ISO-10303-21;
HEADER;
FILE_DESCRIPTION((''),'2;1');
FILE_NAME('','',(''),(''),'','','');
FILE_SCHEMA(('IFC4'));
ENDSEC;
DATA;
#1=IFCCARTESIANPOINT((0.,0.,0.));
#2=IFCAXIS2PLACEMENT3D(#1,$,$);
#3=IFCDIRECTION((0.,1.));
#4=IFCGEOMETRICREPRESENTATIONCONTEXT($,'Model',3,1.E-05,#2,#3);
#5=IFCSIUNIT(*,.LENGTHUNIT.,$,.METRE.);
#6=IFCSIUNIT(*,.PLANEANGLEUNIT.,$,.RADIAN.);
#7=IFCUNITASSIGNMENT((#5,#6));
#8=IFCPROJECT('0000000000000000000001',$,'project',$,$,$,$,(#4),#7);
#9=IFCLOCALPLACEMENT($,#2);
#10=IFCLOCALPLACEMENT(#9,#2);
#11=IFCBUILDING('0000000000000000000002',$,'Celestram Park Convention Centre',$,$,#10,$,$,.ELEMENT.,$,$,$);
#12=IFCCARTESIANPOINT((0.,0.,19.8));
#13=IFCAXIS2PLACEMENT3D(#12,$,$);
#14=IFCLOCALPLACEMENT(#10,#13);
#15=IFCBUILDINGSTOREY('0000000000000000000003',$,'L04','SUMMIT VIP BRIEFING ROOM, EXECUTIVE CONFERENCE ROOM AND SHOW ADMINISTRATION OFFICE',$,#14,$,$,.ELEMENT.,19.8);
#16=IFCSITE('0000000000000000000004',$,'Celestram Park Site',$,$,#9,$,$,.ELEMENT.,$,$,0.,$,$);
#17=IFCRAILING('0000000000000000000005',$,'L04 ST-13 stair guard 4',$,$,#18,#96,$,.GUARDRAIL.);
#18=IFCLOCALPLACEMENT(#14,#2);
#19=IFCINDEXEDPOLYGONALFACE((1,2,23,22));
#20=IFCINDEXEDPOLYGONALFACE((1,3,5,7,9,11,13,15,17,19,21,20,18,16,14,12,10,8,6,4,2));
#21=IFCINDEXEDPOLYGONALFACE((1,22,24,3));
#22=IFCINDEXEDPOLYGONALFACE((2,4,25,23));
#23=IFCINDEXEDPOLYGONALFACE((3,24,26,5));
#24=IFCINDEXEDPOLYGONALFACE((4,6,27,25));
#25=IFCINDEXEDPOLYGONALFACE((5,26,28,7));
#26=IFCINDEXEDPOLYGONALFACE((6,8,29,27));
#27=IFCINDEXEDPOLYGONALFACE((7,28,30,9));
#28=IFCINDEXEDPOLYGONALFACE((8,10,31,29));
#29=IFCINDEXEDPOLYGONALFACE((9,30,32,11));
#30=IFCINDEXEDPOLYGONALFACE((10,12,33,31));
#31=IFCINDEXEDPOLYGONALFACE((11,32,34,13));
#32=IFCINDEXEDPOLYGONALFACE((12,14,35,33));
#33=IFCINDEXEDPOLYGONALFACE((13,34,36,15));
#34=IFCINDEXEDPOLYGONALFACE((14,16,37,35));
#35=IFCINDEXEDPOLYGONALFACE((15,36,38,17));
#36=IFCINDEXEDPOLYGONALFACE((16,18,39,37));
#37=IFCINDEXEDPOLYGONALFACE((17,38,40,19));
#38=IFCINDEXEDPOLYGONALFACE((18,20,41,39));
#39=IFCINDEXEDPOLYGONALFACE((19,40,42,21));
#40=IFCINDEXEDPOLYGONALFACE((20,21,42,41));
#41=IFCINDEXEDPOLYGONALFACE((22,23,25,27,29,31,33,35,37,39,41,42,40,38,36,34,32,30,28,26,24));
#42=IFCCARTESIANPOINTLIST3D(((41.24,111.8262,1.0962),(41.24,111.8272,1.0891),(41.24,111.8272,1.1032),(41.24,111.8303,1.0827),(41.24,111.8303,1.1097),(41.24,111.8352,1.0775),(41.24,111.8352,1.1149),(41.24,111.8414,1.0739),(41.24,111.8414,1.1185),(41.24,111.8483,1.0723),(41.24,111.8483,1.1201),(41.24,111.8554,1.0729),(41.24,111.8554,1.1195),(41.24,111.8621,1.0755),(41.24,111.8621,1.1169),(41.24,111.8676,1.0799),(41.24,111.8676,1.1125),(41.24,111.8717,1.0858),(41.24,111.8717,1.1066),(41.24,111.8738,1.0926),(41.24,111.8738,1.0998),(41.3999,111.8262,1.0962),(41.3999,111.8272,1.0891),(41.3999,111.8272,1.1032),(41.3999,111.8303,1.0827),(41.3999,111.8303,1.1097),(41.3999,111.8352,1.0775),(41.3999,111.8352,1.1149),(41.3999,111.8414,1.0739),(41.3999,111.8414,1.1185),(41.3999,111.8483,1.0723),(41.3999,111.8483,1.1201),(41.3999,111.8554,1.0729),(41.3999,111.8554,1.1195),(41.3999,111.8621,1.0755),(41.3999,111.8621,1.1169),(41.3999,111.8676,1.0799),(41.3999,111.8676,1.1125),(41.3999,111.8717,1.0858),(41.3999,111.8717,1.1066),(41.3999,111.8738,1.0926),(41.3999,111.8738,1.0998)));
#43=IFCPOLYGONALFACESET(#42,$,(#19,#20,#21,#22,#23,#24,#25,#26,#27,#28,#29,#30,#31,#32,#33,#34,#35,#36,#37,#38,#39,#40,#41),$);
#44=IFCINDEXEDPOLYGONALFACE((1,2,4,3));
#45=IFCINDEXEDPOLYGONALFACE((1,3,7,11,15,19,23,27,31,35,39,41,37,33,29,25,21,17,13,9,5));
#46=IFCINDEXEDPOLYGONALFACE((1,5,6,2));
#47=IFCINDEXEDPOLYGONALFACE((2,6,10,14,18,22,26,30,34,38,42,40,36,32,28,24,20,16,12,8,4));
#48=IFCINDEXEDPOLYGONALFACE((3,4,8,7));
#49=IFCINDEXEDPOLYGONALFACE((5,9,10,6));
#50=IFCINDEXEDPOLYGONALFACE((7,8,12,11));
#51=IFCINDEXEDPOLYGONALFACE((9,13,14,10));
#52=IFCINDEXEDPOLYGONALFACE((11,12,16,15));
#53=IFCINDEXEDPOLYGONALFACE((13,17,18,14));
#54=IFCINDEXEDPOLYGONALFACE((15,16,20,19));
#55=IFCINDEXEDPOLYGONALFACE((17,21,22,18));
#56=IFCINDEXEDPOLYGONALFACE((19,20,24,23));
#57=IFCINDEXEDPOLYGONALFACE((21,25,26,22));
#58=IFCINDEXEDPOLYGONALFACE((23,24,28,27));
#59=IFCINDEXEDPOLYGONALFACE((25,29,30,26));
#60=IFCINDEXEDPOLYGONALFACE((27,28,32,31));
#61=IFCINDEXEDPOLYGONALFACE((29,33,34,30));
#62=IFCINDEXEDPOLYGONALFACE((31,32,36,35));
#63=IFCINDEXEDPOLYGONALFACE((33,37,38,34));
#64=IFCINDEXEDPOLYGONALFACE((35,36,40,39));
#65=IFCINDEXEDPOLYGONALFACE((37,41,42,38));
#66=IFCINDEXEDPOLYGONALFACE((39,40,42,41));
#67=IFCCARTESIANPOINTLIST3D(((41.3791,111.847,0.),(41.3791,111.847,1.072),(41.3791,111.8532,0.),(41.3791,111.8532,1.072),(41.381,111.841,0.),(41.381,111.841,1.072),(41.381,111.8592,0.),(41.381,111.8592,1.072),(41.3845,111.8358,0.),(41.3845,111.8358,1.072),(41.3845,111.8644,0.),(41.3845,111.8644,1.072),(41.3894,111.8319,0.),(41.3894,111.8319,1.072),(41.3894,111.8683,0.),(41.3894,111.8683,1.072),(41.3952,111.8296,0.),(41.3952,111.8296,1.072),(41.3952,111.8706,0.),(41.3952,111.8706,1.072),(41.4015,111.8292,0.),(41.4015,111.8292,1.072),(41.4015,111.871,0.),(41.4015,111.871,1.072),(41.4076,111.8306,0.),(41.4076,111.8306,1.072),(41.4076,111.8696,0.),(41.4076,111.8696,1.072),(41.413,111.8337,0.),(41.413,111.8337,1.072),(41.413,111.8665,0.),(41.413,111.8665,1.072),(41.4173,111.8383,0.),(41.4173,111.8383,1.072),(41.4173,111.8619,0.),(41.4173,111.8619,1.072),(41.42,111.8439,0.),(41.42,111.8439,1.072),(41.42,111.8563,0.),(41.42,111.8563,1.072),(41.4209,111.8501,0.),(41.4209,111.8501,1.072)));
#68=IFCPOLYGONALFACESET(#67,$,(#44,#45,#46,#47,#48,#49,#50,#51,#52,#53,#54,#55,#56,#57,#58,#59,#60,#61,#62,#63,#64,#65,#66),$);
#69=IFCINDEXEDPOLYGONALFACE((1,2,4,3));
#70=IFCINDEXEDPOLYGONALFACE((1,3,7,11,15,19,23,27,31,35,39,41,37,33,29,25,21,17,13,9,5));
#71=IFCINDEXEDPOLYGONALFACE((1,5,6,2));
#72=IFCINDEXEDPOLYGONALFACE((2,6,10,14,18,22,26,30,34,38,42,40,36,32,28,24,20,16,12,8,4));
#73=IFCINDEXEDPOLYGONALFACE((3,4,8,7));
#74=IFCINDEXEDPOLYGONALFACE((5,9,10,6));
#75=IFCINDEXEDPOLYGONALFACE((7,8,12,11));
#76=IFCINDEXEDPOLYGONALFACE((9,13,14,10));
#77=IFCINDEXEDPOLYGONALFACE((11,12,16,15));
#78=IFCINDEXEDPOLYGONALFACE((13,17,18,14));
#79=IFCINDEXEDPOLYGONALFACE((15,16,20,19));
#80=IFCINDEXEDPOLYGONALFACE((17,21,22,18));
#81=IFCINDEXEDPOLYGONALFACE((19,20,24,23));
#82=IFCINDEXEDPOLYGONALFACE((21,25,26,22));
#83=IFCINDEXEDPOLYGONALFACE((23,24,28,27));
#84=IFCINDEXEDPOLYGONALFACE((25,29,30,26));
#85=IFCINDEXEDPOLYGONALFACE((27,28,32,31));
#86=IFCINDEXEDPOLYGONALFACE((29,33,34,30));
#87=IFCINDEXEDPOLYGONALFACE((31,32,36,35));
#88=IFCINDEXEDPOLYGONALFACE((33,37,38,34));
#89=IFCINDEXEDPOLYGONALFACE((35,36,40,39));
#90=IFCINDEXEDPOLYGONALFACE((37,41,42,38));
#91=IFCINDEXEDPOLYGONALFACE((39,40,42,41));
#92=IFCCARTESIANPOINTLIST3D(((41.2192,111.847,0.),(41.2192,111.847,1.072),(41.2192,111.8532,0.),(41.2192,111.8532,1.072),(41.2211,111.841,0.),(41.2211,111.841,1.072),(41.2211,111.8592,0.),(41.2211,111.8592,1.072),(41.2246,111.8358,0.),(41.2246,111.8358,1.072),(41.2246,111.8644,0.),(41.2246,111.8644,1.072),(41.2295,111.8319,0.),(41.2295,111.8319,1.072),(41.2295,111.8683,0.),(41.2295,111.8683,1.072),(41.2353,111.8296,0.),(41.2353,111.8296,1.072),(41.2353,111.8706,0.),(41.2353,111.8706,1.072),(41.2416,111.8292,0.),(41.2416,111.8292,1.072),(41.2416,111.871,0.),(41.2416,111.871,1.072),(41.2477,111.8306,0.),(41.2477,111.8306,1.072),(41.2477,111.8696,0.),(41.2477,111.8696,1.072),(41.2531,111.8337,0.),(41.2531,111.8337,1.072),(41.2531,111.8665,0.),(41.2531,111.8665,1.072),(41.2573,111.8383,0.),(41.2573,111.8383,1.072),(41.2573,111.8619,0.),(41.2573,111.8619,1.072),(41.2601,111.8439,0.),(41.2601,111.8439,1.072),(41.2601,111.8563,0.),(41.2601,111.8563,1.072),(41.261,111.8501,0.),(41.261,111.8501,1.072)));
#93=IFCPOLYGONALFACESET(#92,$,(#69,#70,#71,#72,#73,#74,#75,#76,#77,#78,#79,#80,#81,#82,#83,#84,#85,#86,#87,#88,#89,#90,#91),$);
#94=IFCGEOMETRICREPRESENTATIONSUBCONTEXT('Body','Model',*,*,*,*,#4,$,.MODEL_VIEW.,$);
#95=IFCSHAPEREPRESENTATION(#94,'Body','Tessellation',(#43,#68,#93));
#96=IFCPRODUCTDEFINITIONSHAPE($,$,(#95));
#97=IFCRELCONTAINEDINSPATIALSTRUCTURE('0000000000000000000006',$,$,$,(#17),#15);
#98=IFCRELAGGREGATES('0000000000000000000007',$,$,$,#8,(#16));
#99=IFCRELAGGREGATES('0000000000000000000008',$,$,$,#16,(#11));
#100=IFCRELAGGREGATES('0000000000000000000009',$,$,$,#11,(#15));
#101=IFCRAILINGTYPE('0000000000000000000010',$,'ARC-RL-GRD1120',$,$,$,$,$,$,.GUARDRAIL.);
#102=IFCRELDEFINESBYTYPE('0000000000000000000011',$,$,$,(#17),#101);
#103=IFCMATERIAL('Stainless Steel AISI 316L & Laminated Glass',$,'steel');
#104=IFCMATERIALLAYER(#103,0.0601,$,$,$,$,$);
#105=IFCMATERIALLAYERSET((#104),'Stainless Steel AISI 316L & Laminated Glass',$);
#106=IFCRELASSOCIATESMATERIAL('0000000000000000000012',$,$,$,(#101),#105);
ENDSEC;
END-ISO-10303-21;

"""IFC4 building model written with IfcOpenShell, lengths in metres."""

from ifc_helpers import new_model, si_unit, direction, frame, origin, origin_2d, place, context, subcontext, project, spatial, circle, extrude, material, layer, layer_set, type_object, element, save


model = new_model("IFC4")

# Units and contexts
model_context = context("Model", 3, precision=1e-05, world=origin(), true_north=direction((0.0, 1.0)))
body_context = subcontext(model_context, "Body", "Model", "MODEL_VIEW")
ifc_project = project(units=[si_unit("LENGTHUNIT", "METRE"), si_unit("PLANEANGLEUNIT", "RADIAN")], contexts=[model_context])

# Site, building, storey
site_placement = place(None, origin())
site = spatial("IfcSite", under=ifc_project, at=site_placement, Name="Celestram Park Site", CompositionType="ELEMENT", RefElevation=0.0)
building_placement = place(site_placement, origin())
building = spatial("IfcBuilding", under=site, at=building_placement, Name="Celestram Park Convention Centre", CompositionType="ELEMENT")
storey_placement = place(building_placement, frame((0.0, 0.0, 19.8)))
storey = spatial("IfcBuildingStorey", under=building, at=storey_placement, Name="L04", Description="SUMMIT VIP BRIEFING ROOM, EXECUTIVE CONFERENCE ROOM AND SHOW ADMINISTRATION OFFICE", CompositionType="ELEMENT", Elevation=19.8)

# Railing
ifc_material_1 = material(Name="Stainless Steel AISI 316L & Laminated Glass", Category="steel")
ifc_layer_1 = layer(ifc_material_1, 0.0601)
ifc_layer_set_1 = layer_set([ifc_layer_1], Name="Stainless Steel AISI 316L & Laminated Glass")
railing_type_1 = type_object("IfcRailingType", Name="ARC-RL-GRD1120", PredefinedType="GUARDRAIL", material=ifc_layer_set_1)
railing_1_placement = place(storey_placement, frame((41.3999, 111.8501, 0.0)))
element("IfcRailing", 1, at=railing_1_placement, inside=storey, type_object=railing_type_1, Name="L04 ST-13 stair guard 4", PredefinedType="GUARDRAIL", context=body_context, shape_type="SweptSolid", body=[
    extrude(circle(Radius=0.0239, at=origin_2d()), frame((0.0, 0.0, 1.0962), z_axis=(-1.0, 0.0, 0.0), x_axis=(0.0, -1.0, 0.0)), (0.0, 0.0, 1.0), 0.1599),
    extrude(circle(Radius=0.021, at=origin_2d()), origin(), (0.0, 0.0, 1.0), 1.072),
    extrude(circle(Radius=0.021, at=origin_2d()), frame((-0.1599, 0.0, 0.0)), (0.0, 0.0, 1.0), 1.072),
])

save(model, "model.ifc")
